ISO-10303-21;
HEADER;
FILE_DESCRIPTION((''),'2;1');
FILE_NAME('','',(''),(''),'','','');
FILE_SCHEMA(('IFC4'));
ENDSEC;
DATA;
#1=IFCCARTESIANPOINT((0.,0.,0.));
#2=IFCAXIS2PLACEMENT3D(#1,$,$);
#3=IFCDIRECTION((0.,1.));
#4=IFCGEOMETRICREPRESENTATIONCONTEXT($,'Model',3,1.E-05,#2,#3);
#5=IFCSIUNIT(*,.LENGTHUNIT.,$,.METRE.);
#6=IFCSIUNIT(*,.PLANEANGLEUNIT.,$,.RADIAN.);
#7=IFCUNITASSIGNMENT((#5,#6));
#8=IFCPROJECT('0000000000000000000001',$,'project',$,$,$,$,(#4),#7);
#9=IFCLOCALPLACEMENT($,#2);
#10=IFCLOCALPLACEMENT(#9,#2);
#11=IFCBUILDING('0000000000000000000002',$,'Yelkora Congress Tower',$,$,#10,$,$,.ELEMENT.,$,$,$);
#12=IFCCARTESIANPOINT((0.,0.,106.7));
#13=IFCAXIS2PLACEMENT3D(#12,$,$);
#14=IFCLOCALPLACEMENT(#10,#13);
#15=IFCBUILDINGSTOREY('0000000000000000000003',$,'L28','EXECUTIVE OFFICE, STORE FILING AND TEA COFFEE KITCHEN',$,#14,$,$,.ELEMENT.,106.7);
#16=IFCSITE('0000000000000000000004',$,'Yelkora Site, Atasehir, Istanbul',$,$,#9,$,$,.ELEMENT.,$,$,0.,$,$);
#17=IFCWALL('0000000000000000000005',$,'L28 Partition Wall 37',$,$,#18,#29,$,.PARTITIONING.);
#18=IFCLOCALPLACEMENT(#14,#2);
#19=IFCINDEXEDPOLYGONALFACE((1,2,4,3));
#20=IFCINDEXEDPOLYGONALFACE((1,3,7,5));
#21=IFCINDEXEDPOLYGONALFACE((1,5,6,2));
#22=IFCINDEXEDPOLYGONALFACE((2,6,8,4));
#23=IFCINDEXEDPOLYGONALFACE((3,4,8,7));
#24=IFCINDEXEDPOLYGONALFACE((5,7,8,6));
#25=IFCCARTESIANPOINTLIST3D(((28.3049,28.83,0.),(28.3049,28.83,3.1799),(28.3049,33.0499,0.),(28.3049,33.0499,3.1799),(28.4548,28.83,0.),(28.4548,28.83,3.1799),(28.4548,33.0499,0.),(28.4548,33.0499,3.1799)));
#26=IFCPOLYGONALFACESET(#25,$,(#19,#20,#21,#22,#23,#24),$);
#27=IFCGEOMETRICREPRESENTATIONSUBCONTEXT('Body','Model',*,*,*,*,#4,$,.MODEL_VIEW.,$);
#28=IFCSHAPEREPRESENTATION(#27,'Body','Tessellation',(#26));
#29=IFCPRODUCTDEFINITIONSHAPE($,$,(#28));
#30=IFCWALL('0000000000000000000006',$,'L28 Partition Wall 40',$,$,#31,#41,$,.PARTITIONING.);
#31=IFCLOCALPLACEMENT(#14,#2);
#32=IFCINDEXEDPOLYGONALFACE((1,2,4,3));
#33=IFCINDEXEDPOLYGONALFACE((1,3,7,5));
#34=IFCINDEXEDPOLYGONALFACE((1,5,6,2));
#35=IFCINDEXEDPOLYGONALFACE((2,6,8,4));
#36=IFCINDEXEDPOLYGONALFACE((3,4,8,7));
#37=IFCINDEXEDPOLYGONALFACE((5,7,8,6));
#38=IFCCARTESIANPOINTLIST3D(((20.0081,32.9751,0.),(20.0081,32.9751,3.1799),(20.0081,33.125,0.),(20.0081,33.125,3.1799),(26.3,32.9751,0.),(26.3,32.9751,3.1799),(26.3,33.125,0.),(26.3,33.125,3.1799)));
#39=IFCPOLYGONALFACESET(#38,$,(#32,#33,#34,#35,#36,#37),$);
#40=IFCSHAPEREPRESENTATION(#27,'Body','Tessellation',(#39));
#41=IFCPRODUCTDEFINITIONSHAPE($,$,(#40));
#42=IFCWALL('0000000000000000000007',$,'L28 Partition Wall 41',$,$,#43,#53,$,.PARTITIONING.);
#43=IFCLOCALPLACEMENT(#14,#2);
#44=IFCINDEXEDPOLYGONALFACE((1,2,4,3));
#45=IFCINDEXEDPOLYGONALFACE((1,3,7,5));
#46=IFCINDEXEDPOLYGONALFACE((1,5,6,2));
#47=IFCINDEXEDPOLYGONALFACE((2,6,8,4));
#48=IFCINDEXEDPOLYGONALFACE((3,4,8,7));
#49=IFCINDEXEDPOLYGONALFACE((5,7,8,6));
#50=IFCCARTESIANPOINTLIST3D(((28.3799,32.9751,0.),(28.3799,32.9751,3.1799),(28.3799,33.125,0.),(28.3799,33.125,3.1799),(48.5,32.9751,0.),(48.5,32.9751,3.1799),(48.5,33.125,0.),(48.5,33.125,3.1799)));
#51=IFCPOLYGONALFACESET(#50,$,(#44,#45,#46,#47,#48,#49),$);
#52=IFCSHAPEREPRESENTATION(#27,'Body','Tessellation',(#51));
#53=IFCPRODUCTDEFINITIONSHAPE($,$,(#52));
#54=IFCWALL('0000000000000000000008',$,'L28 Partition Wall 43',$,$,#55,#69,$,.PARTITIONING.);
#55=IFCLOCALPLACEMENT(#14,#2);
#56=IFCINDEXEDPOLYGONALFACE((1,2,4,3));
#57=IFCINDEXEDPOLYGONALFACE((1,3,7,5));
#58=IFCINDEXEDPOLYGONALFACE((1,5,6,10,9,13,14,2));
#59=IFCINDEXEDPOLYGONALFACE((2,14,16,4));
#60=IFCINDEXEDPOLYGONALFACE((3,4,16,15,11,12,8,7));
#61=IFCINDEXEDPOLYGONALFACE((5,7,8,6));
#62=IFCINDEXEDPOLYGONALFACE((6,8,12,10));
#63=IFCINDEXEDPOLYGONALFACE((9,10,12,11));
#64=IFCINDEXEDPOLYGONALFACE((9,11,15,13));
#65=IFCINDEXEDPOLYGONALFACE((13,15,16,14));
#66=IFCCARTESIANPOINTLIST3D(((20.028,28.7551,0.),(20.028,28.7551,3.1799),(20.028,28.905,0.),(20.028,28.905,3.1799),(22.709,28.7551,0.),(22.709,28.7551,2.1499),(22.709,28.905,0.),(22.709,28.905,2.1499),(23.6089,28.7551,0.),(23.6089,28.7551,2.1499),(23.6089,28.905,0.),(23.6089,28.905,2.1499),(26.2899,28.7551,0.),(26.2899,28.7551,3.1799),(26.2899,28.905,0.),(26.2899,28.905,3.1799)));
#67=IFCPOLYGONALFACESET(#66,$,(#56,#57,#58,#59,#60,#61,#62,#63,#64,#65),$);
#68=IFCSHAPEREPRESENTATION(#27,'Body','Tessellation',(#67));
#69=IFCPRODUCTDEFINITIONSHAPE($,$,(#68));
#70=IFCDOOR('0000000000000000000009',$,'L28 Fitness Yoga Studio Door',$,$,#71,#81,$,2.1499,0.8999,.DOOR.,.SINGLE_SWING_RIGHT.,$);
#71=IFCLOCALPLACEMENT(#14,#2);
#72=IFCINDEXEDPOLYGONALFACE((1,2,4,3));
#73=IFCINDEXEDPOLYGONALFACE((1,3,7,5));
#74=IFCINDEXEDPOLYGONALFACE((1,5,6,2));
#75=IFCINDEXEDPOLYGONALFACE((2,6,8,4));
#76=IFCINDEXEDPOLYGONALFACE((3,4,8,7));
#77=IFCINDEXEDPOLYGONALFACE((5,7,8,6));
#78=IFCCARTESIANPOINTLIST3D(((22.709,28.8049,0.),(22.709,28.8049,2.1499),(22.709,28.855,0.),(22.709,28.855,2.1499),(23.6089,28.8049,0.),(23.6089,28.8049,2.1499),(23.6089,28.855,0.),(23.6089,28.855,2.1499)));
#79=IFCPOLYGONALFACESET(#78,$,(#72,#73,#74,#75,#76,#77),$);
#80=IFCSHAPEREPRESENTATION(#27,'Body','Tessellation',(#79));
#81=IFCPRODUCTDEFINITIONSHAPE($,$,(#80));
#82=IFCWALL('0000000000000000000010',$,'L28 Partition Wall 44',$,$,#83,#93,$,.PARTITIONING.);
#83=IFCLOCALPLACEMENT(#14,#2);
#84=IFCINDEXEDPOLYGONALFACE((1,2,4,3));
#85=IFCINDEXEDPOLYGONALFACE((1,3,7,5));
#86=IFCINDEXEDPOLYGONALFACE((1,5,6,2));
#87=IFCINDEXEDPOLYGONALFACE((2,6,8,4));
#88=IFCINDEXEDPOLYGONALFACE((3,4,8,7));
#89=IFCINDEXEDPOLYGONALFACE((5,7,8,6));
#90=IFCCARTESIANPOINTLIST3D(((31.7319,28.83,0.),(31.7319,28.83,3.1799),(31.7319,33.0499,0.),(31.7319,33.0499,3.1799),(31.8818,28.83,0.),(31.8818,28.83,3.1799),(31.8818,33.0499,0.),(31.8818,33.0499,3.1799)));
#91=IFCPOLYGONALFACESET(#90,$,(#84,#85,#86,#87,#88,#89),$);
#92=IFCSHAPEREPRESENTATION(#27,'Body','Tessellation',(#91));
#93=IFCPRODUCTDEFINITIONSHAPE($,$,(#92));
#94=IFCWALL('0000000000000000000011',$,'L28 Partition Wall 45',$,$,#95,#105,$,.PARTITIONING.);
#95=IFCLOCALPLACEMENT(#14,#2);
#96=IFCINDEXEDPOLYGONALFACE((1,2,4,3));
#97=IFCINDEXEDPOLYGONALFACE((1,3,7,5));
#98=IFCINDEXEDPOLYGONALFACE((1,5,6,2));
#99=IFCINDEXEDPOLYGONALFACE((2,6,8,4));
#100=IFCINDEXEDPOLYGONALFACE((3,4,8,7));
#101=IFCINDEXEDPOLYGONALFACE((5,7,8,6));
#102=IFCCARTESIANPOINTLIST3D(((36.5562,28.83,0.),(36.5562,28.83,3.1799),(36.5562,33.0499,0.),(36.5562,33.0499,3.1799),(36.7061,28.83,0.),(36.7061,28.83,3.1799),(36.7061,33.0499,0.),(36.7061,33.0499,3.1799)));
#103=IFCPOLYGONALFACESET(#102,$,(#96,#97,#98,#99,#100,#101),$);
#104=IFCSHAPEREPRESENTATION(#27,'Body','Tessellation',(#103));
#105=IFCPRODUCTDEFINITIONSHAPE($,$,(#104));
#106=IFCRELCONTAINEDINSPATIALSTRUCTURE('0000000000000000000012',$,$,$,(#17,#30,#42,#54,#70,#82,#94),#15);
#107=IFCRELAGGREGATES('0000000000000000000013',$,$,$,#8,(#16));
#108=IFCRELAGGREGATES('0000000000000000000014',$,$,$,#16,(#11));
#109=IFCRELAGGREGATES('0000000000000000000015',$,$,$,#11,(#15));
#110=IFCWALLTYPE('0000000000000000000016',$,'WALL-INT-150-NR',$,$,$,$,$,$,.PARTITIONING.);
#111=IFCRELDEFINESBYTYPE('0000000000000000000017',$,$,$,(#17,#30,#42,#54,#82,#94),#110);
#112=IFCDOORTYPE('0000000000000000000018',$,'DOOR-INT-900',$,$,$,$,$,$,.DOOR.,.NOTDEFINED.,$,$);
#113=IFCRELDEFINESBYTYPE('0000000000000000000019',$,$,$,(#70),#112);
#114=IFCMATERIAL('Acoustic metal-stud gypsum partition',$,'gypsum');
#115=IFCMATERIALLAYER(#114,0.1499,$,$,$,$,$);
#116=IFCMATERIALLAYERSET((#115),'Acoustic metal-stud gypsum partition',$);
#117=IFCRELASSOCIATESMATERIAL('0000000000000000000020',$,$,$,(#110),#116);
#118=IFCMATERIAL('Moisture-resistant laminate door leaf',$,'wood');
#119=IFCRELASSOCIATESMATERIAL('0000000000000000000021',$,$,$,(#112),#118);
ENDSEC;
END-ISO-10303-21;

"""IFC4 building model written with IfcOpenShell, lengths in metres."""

from ifc_helpers import new_model, si_unit, direction, frame, frame_2d, origin, place, context, subcontext, project, spatial, rectangle, extrude, material, layer, layer_set, type_object, element, fill, save


model = new_model("IFC4")

# Units and contexts
model_context = context("Model", 3, precision=1e-05, world=origin(), true_north=direction((0.0, 1.0)))
body_context = subcontext(model_context, "Body", "Model", "MODEL_VIEW")
ifc_project = project(units=[si_unit("LENGTHUNIT", "METRE"), si_unit("PLANEANGLEUNIT", "RADIAN")], contexts=[model_context])

# Site, building, storey
site_placement = place(None, origin())
site = spatial("IfcSite", under=ifc_project, at=site_placement, Name="Yelkora Site, Atasehir, Istanbul", CompositionType="ELEMENT", RefElevation=0.0)
building_placement = place(site_placement, origin())
building = spatial("IfcBuilding", under=site, at=building_placement, Name="Yelkora Congress Tower", CompositionType="ELEMENT")
storey_placement = place(building_placement, frame((0.0, 0.0, 106.7)))
storey = spatial("IfcBuildingStorey", under=building, at=storey_placement, Name="L28", Description="EXECUTIVE OFFICE, STORE FILING AND TEA COFFEE KITCHEN", CompositionType="ELEMENT", Elevation=106.7)

# Shared definitions
ifc_material_1 = material(Name="Acoustic metal-stud gypsum partition", Category="gypsum")
ifc_layer = layer(ifc_material_1, 0.1499)
ifc_layer_set = layer_set([ifc_layer], Name="Acoustic metal-stud gypsum partition")
wall_type = type_object("IfcWallType", Name="WALL-INT-150-NR", PredefinedType="PARTITIONING", material=ifc_layer_set)
ifc_material_2 = material(Name="Moisture-resistant laminate door leaf", Category="wood")
door_type = type_object("IfcDoorType", Name="DOOR-INT-900", OperationType="NOTDEFINED", PredefinedType="DOOR", material=ifc_material_2)

# Walls
for number, where, z_axis, x_axis, name in (
    (1, (28.3799, 28.8301, 0.0), (0.0, 0.0, 1.0), (0.0, 1.0, 0.0), "L28 Partition Wall 37"),
):
    element("IfcWall", number, at=place(storey_placement, frame(where, z_axis=z_axis, x_axis=x_axis)), inside=storey, type_object=wall_type, Name=name, PredefinedType="PARTITIONING", context=body_context, shape_type="SweptSolid", body=[
        extrude(rectangle(XDim=4.22, YDim=0.1499, at=frame_2d((2.1099, 0.0))), origin(), (0.0, 0.0, 1.0), 3.1799),
    ])
wall_1_placement = place(storey_placement, frame((20.0081, 33.05, 0.0), z_axis=(0.0, 0.0, 1.0), x_axis=(1.0, 0.0, 0.0)))
element("IfcWall", 2, at=wall_1_placement, inside=storey, type_object=wall_type, Name="L28 Partition Wall 40", PredefinedType="PARTITIONING", context=body_context, shape_type="SweptSolid", body=[
    extrude(rectangle(XDim=6.292, YDim=0.1499, at=frame_2d((3.146, 0.0))), origin(), (0.0, 0.0, 1.0), 3.1799),
])
wall_2_placement = place(storey_placement, frame((28.3799, 33.05, 0.0), z_axis=(0.0, 0.0, 1.0), x_axis=(1.0, 0.0, 0.0)))
element("IfcWall", 3, at=wall_2_placement, inside=storey, type_object=wall_type, Name="L28 Partition Wall 41", PredefinedType="PARTITIONING", context=body_context, shape_type="SweptSolid", body=[
    extrude(rectangle(XDim=20.1201, YDim=0.1499, at=frame_2d((10.0601, 0.0))), origin(), (0.0, 0.0, 1.0), 3.1799),
])

# Wall, opening, door
wall_3_placement = place(storey_placement, frame((20.0281, 28.8301, 0.0), z_axis=(0.0, 0.0, 1.0), x_axis=(1.0, 0.0, 0.0)))
wall_3 = element("IfcWall", 4, at=wall_3_placement, inside=storey, type_object=wall_type, Name="L28 Partition Wall 43", PredefinedType="PARTITIONING", context=body_context, shape_type="SweptSolid", body=[
    extrude(rectangle(XDim=6.262, YDim=0.1499, at=frame_2d((3.1309, 0.0))), origin(), (0.0, 0.0, 1.0), 3.1799),
])
opening_1_placement = place(wall_3_placement, frame((2.6809, 0.0, 0.0)))
opening_1 = element("IfcOpeningElement", 5, at=opening_1_placement, cuts=wall_3, PredefinedType="OPENING", context=body_context, shape_type="SweptSolid", body=[
    extrude(rectangle(XDim=0.8999, YDim=2.1499, at=frame_2d((0.45, 1.075))), frame((0.0, 0.085, 0.0), z_axis=(0.0, -1.0, 0.0), x_axis=(1.0, 0.0, 0.0)), (0.0, 0.0, 1.0), 0.1699),
])
door_1_placement = place(opening_1_placement, origin())
door_1 = element("IfcDoor", 6, at=door_1_placement, inside=storey, type_object=door_type, Name="L28 Fitness Yoga Studio Door", OperationType="SINGLE_SWING_RIGHT", OverallHeight=2.1499, OverallWidth=0.8999, PredefinedType="DOOR", context=body_context, shape_type="SweptSolid", body=[
    extrude(rectangle(XDim=0.8999, YDim=2.1499, at=frame_2d((0.45, 1.075))), frame((0.0, 0.0249, 0.0), z_axis=(0.0, -1.0, 0.0), x_axis=(1.0, 0.0, 0.0)), (0.0, 0.0, 1.0), 0.05),
])
fill(opening_1, door_1)

# Walls
for number, where, z_axis, x_axis, name in (
    (7, (31.8069, 28.8301, 0.0), (0.0, 0.0, 1.0), (0.0, 1.0, 0.0), "L28 Partition Wall 44"),
    (8, (36.6311, 28.8301, 0.0), (0.0, 0.0, 1.0), (0.0, 1.0, 0.0), "L28 Partition Wall 45"),
):
    element("IfcWall", number, at=place(storey_placement, frame(where, z_axis=z_axis, x_axis=x_axis)), inside=storey, type_object=wall_type, Name=name, PredefinedType="PARTITIONING", context=body_context, shape_type="SweptSolid", body=[
        extrude(rectangle(XDim=4.22, YDim=0.1499, at=frame_2d((2.1099, 0.0))), origin(), (0.0, 0.0, 1.0), 3.1799),
    ])

save(model, "model.ifc")
